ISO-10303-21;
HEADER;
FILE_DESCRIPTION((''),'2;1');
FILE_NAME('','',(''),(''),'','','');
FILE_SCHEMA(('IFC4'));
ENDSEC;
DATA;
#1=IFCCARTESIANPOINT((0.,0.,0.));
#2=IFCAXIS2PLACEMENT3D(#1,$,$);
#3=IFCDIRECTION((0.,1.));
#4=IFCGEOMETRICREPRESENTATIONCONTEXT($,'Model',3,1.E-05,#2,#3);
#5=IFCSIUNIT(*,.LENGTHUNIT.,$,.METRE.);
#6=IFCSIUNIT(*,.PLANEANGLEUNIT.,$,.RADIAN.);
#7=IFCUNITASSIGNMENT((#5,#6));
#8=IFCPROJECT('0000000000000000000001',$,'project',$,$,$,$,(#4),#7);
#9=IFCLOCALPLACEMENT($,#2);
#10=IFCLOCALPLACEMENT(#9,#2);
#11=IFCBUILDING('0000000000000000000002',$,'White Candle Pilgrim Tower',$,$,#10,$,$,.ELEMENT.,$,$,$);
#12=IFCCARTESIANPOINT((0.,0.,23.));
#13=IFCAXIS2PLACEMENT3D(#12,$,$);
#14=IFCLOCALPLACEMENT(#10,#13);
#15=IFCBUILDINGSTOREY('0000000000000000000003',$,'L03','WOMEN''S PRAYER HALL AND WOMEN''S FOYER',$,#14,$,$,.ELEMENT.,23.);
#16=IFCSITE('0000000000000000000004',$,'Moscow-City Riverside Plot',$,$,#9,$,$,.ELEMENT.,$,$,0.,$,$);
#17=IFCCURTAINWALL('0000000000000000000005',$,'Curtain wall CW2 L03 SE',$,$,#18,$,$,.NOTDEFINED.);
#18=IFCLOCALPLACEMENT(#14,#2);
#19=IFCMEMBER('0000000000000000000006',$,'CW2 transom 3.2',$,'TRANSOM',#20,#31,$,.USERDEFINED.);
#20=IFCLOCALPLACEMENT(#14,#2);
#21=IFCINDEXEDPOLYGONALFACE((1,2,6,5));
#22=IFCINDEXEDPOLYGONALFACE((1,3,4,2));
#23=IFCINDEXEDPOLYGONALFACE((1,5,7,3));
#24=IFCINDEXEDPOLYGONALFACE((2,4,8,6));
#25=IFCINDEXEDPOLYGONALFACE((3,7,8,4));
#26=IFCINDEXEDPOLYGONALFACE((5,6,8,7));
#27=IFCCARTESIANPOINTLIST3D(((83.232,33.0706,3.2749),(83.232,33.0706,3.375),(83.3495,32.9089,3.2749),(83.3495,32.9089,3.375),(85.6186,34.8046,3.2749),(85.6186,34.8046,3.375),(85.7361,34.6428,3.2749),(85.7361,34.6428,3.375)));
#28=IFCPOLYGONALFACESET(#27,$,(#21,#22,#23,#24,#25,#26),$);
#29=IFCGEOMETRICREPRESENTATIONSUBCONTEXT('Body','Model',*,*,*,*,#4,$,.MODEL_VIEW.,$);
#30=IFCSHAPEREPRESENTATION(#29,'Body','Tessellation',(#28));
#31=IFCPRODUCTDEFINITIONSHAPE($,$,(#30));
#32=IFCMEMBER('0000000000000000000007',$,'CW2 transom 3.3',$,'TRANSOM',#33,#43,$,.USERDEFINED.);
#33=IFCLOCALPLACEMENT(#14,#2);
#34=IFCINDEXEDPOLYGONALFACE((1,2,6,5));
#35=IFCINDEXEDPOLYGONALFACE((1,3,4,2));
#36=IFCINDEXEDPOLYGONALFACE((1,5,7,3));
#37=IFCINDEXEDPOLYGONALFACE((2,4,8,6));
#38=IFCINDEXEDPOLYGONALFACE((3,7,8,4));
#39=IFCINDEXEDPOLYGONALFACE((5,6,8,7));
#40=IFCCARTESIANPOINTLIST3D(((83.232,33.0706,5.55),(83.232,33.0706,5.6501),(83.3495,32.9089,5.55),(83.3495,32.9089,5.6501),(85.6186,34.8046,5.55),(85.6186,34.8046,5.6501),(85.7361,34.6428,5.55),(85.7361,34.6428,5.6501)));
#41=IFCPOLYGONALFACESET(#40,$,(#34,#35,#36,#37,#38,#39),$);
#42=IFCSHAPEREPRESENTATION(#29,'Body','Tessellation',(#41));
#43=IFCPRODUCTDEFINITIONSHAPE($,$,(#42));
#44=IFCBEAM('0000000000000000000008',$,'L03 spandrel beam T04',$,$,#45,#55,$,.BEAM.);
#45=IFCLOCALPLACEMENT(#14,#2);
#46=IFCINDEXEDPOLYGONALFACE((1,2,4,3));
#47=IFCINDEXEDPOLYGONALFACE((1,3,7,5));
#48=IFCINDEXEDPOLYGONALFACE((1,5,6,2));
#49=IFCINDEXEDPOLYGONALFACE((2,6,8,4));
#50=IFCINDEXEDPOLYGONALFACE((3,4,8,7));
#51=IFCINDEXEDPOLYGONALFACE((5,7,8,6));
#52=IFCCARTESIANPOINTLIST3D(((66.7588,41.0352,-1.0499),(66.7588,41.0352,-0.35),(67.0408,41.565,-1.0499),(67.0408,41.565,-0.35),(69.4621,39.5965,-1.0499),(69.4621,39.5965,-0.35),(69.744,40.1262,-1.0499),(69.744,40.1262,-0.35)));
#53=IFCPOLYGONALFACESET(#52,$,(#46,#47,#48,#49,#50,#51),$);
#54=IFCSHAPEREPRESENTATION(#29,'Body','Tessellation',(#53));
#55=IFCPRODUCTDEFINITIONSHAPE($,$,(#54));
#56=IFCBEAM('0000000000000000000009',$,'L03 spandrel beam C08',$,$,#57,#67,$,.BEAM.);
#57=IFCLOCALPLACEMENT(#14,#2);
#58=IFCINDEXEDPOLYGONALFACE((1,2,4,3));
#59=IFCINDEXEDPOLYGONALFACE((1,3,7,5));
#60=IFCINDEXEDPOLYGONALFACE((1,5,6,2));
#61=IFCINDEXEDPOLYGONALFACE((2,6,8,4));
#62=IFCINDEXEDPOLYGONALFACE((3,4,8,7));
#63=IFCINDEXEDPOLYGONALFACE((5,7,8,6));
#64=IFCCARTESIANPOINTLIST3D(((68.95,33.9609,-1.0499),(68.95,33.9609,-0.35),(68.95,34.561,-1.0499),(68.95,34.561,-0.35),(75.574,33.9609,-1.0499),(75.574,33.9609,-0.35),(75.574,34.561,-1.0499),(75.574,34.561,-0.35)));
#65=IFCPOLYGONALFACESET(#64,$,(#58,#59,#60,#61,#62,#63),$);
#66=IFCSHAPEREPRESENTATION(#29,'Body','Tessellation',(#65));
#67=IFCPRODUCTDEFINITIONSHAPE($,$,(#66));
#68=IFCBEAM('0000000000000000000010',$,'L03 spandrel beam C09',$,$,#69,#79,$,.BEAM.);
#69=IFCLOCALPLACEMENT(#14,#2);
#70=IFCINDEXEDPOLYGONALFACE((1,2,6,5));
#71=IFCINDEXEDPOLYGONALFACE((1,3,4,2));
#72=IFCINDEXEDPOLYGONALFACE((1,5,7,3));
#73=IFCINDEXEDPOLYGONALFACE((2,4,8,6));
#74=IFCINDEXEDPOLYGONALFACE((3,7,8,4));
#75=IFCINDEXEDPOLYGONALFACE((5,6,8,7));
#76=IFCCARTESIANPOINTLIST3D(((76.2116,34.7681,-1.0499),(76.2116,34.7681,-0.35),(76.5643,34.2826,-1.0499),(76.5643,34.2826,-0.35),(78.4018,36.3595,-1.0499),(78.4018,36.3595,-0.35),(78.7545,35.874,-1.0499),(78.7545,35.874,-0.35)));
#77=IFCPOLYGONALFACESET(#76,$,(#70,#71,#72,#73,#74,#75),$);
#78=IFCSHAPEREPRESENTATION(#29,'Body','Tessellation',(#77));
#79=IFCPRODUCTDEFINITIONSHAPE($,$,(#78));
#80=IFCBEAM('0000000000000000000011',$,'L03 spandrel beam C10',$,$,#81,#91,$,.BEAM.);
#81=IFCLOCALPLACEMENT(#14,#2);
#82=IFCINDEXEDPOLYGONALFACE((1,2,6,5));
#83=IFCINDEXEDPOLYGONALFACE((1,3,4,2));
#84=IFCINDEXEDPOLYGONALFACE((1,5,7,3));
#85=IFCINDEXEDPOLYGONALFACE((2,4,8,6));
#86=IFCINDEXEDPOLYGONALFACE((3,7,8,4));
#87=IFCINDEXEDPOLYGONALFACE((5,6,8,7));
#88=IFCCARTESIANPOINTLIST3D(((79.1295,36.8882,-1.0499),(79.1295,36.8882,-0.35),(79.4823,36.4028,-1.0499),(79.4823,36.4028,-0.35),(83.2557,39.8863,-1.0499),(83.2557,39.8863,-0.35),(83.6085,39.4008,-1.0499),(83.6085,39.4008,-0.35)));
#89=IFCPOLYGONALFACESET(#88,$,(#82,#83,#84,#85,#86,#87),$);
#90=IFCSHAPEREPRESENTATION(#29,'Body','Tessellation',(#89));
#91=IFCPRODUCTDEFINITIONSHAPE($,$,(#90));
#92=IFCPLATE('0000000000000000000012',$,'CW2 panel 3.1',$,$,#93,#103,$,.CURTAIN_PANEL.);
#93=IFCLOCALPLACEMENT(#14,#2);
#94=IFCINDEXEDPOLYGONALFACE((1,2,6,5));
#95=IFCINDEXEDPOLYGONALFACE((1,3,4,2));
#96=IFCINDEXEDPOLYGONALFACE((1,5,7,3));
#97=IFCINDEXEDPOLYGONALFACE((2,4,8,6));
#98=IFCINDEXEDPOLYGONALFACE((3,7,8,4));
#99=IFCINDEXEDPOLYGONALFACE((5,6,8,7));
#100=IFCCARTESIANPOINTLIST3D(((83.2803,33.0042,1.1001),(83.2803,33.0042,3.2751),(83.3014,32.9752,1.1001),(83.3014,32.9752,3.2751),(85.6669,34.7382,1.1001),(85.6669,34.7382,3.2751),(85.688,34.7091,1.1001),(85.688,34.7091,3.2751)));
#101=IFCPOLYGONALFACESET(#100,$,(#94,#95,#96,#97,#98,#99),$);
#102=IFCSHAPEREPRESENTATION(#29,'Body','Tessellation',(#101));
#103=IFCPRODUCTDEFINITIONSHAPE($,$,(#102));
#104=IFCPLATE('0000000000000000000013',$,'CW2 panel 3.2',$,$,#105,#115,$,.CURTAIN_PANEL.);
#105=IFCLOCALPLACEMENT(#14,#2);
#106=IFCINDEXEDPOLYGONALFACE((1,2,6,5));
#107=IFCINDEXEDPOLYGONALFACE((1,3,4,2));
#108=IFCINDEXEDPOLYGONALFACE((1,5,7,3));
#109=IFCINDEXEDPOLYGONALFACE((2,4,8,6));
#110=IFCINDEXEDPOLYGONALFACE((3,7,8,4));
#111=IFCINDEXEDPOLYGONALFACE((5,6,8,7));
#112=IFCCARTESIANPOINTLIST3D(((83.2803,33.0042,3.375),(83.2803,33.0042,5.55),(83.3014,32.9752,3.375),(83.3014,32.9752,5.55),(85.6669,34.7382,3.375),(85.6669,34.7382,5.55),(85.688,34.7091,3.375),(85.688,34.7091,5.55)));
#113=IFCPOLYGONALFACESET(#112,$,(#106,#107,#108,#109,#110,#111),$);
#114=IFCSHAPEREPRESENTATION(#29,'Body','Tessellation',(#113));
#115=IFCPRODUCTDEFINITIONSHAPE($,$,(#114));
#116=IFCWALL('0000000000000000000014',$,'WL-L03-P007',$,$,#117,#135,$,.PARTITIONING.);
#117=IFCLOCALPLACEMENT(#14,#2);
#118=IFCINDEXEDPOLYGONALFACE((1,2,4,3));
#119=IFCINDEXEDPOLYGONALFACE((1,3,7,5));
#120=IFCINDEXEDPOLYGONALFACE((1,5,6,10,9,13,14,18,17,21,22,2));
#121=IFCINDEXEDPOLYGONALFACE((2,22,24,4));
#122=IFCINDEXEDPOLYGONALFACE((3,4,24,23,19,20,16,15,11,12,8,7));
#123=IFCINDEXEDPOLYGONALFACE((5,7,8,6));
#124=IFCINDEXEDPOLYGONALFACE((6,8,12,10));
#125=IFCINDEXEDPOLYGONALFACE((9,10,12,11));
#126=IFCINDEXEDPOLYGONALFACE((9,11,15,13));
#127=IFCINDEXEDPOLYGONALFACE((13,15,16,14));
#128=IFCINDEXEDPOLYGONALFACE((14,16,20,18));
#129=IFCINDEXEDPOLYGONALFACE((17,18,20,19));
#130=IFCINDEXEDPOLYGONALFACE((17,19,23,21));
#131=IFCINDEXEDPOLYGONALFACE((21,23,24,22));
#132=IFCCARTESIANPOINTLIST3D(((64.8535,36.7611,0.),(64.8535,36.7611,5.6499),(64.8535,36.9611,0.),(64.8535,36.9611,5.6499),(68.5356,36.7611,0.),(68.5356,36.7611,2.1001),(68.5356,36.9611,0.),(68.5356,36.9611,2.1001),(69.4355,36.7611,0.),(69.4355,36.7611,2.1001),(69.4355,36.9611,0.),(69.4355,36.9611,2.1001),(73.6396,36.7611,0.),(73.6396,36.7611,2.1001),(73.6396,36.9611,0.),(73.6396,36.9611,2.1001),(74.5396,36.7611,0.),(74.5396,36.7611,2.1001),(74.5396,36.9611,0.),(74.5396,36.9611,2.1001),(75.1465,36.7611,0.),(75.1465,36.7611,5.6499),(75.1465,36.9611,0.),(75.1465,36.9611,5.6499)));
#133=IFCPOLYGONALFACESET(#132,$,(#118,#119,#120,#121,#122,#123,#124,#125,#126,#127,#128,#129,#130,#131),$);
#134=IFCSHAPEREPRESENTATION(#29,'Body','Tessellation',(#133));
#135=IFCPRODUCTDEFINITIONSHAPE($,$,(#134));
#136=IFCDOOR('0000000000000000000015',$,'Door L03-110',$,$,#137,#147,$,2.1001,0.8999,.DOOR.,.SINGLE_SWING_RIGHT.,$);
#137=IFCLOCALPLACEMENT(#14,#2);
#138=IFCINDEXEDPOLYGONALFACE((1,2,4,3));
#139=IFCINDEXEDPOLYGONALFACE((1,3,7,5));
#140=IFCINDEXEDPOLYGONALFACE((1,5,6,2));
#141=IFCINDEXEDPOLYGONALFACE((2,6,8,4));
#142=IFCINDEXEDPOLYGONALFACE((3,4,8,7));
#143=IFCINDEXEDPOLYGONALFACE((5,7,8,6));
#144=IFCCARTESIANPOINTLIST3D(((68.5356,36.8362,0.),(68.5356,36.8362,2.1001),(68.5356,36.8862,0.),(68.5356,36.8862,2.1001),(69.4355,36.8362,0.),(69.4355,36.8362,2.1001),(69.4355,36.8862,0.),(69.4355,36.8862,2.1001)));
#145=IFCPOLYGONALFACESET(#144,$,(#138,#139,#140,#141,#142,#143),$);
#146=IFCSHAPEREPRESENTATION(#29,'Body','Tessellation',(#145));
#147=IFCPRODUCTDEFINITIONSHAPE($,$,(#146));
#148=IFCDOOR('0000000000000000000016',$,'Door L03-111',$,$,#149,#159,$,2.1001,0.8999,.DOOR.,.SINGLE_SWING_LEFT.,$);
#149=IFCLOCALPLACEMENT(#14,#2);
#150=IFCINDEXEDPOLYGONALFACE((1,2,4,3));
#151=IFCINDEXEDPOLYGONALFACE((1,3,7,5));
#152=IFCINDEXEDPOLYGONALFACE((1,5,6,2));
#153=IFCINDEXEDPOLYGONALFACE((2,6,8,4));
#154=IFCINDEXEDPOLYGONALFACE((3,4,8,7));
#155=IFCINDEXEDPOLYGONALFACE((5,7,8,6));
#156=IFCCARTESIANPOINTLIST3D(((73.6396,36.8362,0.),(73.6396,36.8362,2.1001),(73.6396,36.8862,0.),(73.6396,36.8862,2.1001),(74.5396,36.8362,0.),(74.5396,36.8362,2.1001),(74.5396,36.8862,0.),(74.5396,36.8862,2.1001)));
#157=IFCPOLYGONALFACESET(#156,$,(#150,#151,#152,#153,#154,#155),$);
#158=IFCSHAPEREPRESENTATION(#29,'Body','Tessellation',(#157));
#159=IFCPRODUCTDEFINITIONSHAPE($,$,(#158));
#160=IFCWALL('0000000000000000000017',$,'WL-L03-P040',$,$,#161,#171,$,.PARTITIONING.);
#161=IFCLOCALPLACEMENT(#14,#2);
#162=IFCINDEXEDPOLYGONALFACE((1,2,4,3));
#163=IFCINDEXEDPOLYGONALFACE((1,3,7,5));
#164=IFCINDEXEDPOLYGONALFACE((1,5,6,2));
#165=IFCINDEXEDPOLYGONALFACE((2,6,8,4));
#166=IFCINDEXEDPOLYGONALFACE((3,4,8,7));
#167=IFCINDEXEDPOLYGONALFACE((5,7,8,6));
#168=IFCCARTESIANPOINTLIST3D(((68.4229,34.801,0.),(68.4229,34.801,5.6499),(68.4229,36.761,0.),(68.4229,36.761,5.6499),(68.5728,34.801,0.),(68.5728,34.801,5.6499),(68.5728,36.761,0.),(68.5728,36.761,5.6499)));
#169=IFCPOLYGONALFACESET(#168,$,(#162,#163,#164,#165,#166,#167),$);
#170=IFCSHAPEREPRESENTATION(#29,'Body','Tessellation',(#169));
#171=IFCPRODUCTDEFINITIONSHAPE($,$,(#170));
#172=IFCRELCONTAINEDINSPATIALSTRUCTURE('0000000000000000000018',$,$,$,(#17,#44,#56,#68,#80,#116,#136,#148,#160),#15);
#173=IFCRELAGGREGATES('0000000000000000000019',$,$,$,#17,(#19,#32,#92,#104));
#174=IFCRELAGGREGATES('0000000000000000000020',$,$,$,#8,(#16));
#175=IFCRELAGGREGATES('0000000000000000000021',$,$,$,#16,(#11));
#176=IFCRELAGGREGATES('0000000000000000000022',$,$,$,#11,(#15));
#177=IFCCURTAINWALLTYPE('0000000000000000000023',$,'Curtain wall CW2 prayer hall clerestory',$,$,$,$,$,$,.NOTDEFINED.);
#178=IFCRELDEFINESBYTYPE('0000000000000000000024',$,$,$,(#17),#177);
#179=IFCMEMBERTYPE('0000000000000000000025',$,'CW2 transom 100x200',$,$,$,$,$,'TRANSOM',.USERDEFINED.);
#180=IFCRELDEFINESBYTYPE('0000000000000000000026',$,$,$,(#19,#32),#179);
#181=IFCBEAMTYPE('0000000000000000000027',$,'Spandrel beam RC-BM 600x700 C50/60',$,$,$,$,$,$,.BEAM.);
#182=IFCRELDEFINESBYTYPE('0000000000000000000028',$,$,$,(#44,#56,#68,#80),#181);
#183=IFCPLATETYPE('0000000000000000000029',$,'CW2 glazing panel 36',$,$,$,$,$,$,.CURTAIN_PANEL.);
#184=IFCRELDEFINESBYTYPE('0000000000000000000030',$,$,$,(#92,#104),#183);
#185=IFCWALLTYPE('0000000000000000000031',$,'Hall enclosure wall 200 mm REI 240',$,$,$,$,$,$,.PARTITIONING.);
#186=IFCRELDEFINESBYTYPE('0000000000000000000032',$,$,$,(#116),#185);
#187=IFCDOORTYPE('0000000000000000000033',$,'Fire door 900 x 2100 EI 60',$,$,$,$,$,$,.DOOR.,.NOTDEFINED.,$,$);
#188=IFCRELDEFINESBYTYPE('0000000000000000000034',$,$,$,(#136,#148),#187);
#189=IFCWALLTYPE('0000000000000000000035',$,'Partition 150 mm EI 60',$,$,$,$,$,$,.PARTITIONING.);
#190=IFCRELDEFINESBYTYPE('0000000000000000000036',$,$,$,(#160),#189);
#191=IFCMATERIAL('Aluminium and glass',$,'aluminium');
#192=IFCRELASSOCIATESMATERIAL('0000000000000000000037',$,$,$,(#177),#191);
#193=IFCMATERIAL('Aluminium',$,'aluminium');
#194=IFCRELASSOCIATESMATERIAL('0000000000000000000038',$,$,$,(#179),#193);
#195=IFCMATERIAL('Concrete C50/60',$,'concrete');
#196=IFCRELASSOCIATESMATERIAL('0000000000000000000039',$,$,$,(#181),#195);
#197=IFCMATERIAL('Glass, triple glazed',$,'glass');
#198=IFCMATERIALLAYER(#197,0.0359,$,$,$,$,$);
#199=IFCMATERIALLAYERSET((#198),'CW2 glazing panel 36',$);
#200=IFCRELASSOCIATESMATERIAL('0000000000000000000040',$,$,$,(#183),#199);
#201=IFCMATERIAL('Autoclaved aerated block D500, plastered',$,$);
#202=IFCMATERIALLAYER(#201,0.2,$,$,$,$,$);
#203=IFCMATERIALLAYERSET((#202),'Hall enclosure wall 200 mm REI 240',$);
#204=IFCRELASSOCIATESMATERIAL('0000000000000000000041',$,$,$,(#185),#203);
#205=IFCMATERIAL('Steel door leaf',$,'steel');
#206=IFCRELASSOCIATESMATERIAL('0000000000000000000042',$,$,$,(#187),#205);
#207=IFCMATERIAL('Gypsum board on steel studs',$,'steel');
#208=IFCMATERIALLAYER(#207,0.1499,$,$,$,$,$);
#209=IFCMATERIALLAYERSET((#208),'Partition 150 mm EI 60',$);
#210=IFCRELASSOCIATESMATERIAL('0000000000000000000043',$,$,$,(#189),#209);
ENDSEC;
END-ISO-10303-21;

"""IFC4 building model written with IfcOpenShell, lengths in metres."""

from ifc_helpers import new_model, si_unit, direction, frame, frame_2d, origin, origin_2d, place, context, subcontext, project, spatial, rectangle, extrude, material, layer, layer_set, material_profile, profile_set, type_object, element, fill, aggregate, save


model = new_model("IFC4")

# Units and contexts
model_context = context("Model", 3, precision=1e-05, world=origin(), true_north=direction((0.0, 1.0)))
body_context = subcontext(model_context, "Body", "Model", "MODEL_VIEW")
ifc_project = project(units=[si_unit("LENGTHUNIT", "METRE"), si_unit("PLANEANGLEUNIT", "RADIAN")], contexts=[model_context])

# Site, building, storey
site_placement = place(None, origin())
site = spatial("IfcSite", under=ifc_project, at=site_placement, Name="Moscow-City Riverside Plot", CompositionType="ELEMENT", RefElevation=0.0)
building_placement = place(site_placement, origin())
building = spatial("IfcBuilding", under=site, at=building_placement, Name="White Candle Pilgrim Tower", CompositionType="ELEMENT")
storey_placement = place(building_placement, frame((0.0, 0.0, 23.0)))
storey = spatial("IfcBuildingStorey", under=building, at=storey_placement, Name="L03", Description="WOMEN'S PRAYER HALL AND WOMEN'S FOYER", CompositionType="ELEMENT", Elevation=23.0)

# Curtain wall, members
ifc_material_1 = material(Name="Aluminium and glass", Category="aluminium")
curtain_wall_type = type_object("IfcCurtainWallType", Name="Curtain wall CW2 prayer hall clerestory", PredefinedType="NOTDEFINED", material=ifc_material_1)
curtain_wall_placement = place(storey_placement, origin())
curtain_wall = element("IfcCurtainWall", 1, at=curtain_wall_placement, inside=storey, type_object=curtain_wall_type, Name="Curtain wall CW2 L03 SE", PredefinedType="NOTDEFINED")
ifc_material_2 = material(Name="Aluminium", Category="aluminium")
ifc_material_profile_1 = material_profile(ifc_material_2, rectangle(XDim=0.2, YDim=0.1001, at=origin_2d()), Name="CW2 transom 100x200")
ifc_profile_set_1 = profile_set([ifc_material_profile_1], Name="Aluminium")
member_type_1 = type_object("IfcMemberType", Name="CW2 transom 100x200", ElementType="TRANSOM", PredefinedType="USERDEFINED", material=ifc_profile_set_1)
member_1_placement = place(storey_placement, frame((83.2908, 32.9897, 3.325), z_axis=(0.809015, 0.587788, 0.0), x_axis=(-0.587788, 0.809015, 0.0)))
member_1 = element("IfcMember", 2, at=member_1_placement, type_object=member_type_1, Name="CW2 transom 3.2", ObjectType="TRANSOM", PredefinedType="USERDEFINED", context=body_context, shape_type="SweptSolid", body=[
    extrude(rectangle(XDim=0.2, YDim=0.1001, at=origin_2d()), origin(), (0.0, 0.0, 1.0), 2.95),
])
member_2_placement = place(storey_placement, frame((83.2908, 32.9897, 5.6001), z_axis=(0.809015, 0.587788, 0.0), x_axis=(-0.587788, 0.809015, 0.0)))
member_2 = element("IfcMember", 3, at=member_2_placement, type_object=member_type_1, Name="CW2 transom 3.3", ObjectType="TRANSOM", PredefinedType="USERDEFINED", context=body_context, shape_type="SweptSolid", body=[
    extrude(rectangle(XDim=0.2, YDim=0.1001, at=origin_2d()), origin(), (0.0, 0.0, 1.0), 2.95),
])

# Beams
ifc_material_3 = material(Name="Concrete C50/60", Category="concrete")
ifc_material_profile_2 = material_profile(ifc_material_3, rectangle(XDim=0.6001, YDim=0.7, at=origin_2d()), Name="RC-BM 600x700")
ifc_profile_set_2 = profile_set([ifc_material_profile_2], Name="Concrete C50/60")
beam_type = type_object("IfcBeamType", Name="Spandrel beam RC-BM 600x700 C50/60", PredefinedType="BEAM", material=ifc_profile_set_2)
beam_1_placement = place(storey_placement, frame((69.603, 39.8613, -0.7), z_axis=(-0.882752, 0.469839, 0.0), x_axis=(-0.469839, -0.882752, 0.0)))
element("IfcBeam", 4, at=beam_1_placement, inside=storey, type_object=beam_type, Name="L03 spandrel beam T04", PredefinedType="BEAM", context=body_context, shape_type="SweptSolid", body=[
    extrude(rectangle(XDim=0.6001, YDim=0.7, at=origin_2d()), origin(), (0.0, 0.0, 1.0), 3.0623),
])
beam_2_placement = place(storey_placement, frame((68.95, 34.261, -0.7), z_axis=(1.0, 0.0, 0.0), x_axis=(0.0, 1.0, 0.0)))
element("IfcBeam", 5, at=beam_2_placement, inside=storey, type_object=beam_type, Name="L03 spandrel beam C08", PredefinedType="BEAM", context=body_context, shape_type="SweptSolid", body=[
    extrude(rectangle(XDim=0.6001, YDim=0.7, at=origin_2d()), origin(), (0.0, 0.0, 1.0), 6.624),
])
beam_3_placement = place(storey_placement, frame((76.3879, 34.5254, -0.7), z_axis=(0.809009, 0.587796, 0.0), x_axis=(-0.587796, 0.809009, 0.0)))
element("IfcBeam", 6, at=beam_3_placement, inside=storey, type_object=beam_type, Name="L03 spandrel beam C09", PredefinedType="BEAM", context=body_context, shape_type="SweptSolid", body=[
    extrude(rectangle(XDim=0.6001, YDim=0.7, at=origin_2d()), origin(), (0.0, 0.0, 1.0), 2.7073),
])
beam_4_placement = place(storey_placement, frame((79.3059, 36.6455, -0.7), z_axis=(0.809001, 0.587807, 0.0), x_axis=(-0.587807, 0.809001, 0.0)))
element("IfcBeam", 7, at=beam_4_placement, inside=storey, type_object=beam_type, Name="L03 spandrel beam C10", PredefinedType="BEAM", context=body_context, shape_type="SweptSolid", body=[
    extrude(rectangle(XDim=0.6001, YDim=0.7, at=origin_2d()), origin(), (0.0, 0.0, 1.0), 5.1003),
])

# Plates
ifc_material_4 = material(Name="Glass, triple glazed", Category="glass")
ifc_layer_1 = layer(ifc_material_4, 0.0359)
ifc_layer_set_1 = layer_set([ifc_layer_1], Name="CW2 glazing panel 36")
plate_type = type_object("IfcPlateType", Name="CW2 glazing panel 36", PredefinedType="CURTAIN_PANEL", material=ifc_layer_set_1)
plate_1_placement = place(storey_placement, frame((84.4841, 33.8567, 1.1001), z_axis=(0.0, 0.0, 1.0), x_axis=(0.809017, 0.587785, 0.0)))
plate_1 = element("IfcPlate", 8, at=plate_1_placement, type_object=plate_type, Name="CW2 panel 3.1", PredefinedType="CURTAIN_PANEL", context=body_context, shape_type="SweptSolid", body=[
    extrude(rectangle(XDim=2.95, YDim=0.0359, at=origin_2d()), origin(), (0.0, 0.0, 1.0), 2.175),
])
plate_2_placement = place(storey_placement, frame((84.4841, 33.8567, 3.375), z_axis=(0.0, 0.0, 1.0), x_axis=(0.809017, 0.587785, 0.0)))
plate_2 = element("IfcPlate", 9, at=plate_2_placement, type_object=plate_type, Name="CW2 panel 3.2", PredefinedType="CURTAIN_PANEL", context=body_context, shape_type="SweptSolid", body=[
    extrude(rectangle(XDim=2.95, YDim=0.0359, at=origin_2d()), origin(), (0.0, 0.0, 1.0), 2.175),
])
aggregate(curtain_wall, [member_1, member_2, plate_1, plate_2])

# Wall, openings, doors
ifc_material_5 = material(Name="Autoclaved aerated block D500, plastered")
ifc_layer_2 = layer(ifc_material_5, 0.2)
ifc_layer_set_2 = layer_set([ifc_layer_2], Name="Hall enclosure wall 200 mm REI 240")
wall_type_1 = type_object("IfcWallType", Name="Hall enclosure wall 200 mm REI 240", PredefinedType="PARTITIONING", material=ifc_layer_set_2)
wall_1_placement = place(storey_placement, frame((75.1465, 36.8611, 0.0), z_axis=(0.0, 0.0, 1.0), x_axis=(-1.0, 0.0, 0.0)))
wall_1 = element("IfcWall", 10, at=wall_1_placement, inside=storey, type_object=wall_type_1, Name="WL-L03-P007", PredefinedType="PARTITIONING", context=body_context, shape_type="SweptSolid", body=[
    extrude(rectangle(XDim=10.293, YDim=0.2, at=frame_2d((5.1465, 0.0))), origin(), (0.0, 0.0, 1.0), 5.6499),
])
opening_1_placement = place(wall_1_placement, frame((5.7109, 0.0, 0.0)))
opening_1 = element("IfcOpeningElement", 11, at=opening_1_placement, cuts=wall_1, PredefinedType="OPENING", context=body_context, shape_type="SweptSolid", body=[
    extrude(rectangle(XDim=0.8999, YDim=2.1001, at=frame_2d((0.45, 1.05))), frame((0.0, 0.1099, 0.0), z_axis=(0.0, -1.0, 0.0), x_axis=(1.0, 0.0, 0.0)), (0.0, 0.0, 1.0), 0.22),
])
opening_2_placement = place(wall_1_placement, frame((0.6069, 0.0, 0.0)))
opening_2 = element("IfcOpeningElement", 12, at=opening_2_placement, cuts=wall_1, PredefinedType="OPENING", context=body_context, shape_type="SweptSolid", body=[
    extrude(rectangle(XDim=0.8999, YDim=2.1001, at=frame_2d((0.45, 1.05))), frame((0.0, 0.1099, 0.0), z_axis=(0.0, -1.0, 0.0), x_axis=(1.0, 0.0, 0.0)), (0.0, 0.0, 1.0), 0.22),
])
ifc_material_6 = material(Name="Steel door leaf", Category="steel")
door_type = type_object("IfcDoorType", Name="Fire door 900 x 2100 EI 60", OperationType="NOTDEFINED", PredefinedType="DOOR", material=ifc_material_6)
door_1_placement = place(opening_1_placement, origin())
door_1 = element("IfcDoor", 13, at=door_1_placement, inside=storey, type_object=door_type, Name="Door L03-110", OperationType="SINGLE_SWING_RIGHT", OverallHeight=2.1001, OverallWidth=0.8999, PredefinedType="DOOR", context=body_context, shape_type="SweptSolid", body=[
    extrude(rectangle(XDim=0.8999, YDim=2.1001, at=frame_2d((0.45, 1.05))), frame((0.0, 0.0249, 0.0), z_axis=(0.0, -1.0, 0.0), x_axis=(1.0, 0.0, 0.0)), (0.0, 0.0, 1.0), 0.05),
])
fill(opening_1, door_1)
door_2_placement = place(opening_2_placement, origin())
door_2 = element("IfcDoor", 14, at=door_2_placement, inside=storey, type_object=door_type, Name="Door L03-111", OperationType="SINGLE_SWING_LEFT", OverallHeight=2.1001, OverallWidth=0.8999, PredefinedType="DOOR", context=body_context, shape_type="SweptSolid", body=[
    extrude(rectangle(XDim=0.8999, YDim=2.1001, at=frame_2d((0.45, 1.05))), frame((0.0, 0.0249, 0.0), z_axis=(0.0, -1.0, 0.0), x_axis=(1.0, 0.0, 0.0)), (0.0, 0.0, 1.0), 0.05),
])
fill(opening_2, door_2)

# Wall
ifc_material_7 = material(Name="Gypsum board on steel studs", Category="steel")
ifc_layer_3 = layer(ifc_material_7, 0.1499)
ifc_layer_set_3 = layer_set([ifc_layer_3], Name="Partition 150 mm EI 60")
wall_type_2 = type_object("IfcWallType", Name="Partition 150 mm EI 60", PredefinedType="PARTITIONING", material=ifc_layer_set_3)
wall_2_placement = place(storey_placement, frame((68.4978, 34.801, 0.0), z_axis=(0.0, 0.0, 1.0), x_axis=(0.0, 1.0, 0.0)))
element("IfcWall", 15, at=wall_2_placement, inside=storey, type_object=wall_type_2, Name="WL-L03-P040", PredefinedType="PARTITIONING", context=body_context, shape_type="SweptSolid", body=[
    extrude(rectangle(XDim=1.96, YDim=0.1499, at=frame_2d((0.98, 0.0))), origin(), (0.0, 0.0, 1.0), 5.6499),
])

save(model, "model.ifc")
